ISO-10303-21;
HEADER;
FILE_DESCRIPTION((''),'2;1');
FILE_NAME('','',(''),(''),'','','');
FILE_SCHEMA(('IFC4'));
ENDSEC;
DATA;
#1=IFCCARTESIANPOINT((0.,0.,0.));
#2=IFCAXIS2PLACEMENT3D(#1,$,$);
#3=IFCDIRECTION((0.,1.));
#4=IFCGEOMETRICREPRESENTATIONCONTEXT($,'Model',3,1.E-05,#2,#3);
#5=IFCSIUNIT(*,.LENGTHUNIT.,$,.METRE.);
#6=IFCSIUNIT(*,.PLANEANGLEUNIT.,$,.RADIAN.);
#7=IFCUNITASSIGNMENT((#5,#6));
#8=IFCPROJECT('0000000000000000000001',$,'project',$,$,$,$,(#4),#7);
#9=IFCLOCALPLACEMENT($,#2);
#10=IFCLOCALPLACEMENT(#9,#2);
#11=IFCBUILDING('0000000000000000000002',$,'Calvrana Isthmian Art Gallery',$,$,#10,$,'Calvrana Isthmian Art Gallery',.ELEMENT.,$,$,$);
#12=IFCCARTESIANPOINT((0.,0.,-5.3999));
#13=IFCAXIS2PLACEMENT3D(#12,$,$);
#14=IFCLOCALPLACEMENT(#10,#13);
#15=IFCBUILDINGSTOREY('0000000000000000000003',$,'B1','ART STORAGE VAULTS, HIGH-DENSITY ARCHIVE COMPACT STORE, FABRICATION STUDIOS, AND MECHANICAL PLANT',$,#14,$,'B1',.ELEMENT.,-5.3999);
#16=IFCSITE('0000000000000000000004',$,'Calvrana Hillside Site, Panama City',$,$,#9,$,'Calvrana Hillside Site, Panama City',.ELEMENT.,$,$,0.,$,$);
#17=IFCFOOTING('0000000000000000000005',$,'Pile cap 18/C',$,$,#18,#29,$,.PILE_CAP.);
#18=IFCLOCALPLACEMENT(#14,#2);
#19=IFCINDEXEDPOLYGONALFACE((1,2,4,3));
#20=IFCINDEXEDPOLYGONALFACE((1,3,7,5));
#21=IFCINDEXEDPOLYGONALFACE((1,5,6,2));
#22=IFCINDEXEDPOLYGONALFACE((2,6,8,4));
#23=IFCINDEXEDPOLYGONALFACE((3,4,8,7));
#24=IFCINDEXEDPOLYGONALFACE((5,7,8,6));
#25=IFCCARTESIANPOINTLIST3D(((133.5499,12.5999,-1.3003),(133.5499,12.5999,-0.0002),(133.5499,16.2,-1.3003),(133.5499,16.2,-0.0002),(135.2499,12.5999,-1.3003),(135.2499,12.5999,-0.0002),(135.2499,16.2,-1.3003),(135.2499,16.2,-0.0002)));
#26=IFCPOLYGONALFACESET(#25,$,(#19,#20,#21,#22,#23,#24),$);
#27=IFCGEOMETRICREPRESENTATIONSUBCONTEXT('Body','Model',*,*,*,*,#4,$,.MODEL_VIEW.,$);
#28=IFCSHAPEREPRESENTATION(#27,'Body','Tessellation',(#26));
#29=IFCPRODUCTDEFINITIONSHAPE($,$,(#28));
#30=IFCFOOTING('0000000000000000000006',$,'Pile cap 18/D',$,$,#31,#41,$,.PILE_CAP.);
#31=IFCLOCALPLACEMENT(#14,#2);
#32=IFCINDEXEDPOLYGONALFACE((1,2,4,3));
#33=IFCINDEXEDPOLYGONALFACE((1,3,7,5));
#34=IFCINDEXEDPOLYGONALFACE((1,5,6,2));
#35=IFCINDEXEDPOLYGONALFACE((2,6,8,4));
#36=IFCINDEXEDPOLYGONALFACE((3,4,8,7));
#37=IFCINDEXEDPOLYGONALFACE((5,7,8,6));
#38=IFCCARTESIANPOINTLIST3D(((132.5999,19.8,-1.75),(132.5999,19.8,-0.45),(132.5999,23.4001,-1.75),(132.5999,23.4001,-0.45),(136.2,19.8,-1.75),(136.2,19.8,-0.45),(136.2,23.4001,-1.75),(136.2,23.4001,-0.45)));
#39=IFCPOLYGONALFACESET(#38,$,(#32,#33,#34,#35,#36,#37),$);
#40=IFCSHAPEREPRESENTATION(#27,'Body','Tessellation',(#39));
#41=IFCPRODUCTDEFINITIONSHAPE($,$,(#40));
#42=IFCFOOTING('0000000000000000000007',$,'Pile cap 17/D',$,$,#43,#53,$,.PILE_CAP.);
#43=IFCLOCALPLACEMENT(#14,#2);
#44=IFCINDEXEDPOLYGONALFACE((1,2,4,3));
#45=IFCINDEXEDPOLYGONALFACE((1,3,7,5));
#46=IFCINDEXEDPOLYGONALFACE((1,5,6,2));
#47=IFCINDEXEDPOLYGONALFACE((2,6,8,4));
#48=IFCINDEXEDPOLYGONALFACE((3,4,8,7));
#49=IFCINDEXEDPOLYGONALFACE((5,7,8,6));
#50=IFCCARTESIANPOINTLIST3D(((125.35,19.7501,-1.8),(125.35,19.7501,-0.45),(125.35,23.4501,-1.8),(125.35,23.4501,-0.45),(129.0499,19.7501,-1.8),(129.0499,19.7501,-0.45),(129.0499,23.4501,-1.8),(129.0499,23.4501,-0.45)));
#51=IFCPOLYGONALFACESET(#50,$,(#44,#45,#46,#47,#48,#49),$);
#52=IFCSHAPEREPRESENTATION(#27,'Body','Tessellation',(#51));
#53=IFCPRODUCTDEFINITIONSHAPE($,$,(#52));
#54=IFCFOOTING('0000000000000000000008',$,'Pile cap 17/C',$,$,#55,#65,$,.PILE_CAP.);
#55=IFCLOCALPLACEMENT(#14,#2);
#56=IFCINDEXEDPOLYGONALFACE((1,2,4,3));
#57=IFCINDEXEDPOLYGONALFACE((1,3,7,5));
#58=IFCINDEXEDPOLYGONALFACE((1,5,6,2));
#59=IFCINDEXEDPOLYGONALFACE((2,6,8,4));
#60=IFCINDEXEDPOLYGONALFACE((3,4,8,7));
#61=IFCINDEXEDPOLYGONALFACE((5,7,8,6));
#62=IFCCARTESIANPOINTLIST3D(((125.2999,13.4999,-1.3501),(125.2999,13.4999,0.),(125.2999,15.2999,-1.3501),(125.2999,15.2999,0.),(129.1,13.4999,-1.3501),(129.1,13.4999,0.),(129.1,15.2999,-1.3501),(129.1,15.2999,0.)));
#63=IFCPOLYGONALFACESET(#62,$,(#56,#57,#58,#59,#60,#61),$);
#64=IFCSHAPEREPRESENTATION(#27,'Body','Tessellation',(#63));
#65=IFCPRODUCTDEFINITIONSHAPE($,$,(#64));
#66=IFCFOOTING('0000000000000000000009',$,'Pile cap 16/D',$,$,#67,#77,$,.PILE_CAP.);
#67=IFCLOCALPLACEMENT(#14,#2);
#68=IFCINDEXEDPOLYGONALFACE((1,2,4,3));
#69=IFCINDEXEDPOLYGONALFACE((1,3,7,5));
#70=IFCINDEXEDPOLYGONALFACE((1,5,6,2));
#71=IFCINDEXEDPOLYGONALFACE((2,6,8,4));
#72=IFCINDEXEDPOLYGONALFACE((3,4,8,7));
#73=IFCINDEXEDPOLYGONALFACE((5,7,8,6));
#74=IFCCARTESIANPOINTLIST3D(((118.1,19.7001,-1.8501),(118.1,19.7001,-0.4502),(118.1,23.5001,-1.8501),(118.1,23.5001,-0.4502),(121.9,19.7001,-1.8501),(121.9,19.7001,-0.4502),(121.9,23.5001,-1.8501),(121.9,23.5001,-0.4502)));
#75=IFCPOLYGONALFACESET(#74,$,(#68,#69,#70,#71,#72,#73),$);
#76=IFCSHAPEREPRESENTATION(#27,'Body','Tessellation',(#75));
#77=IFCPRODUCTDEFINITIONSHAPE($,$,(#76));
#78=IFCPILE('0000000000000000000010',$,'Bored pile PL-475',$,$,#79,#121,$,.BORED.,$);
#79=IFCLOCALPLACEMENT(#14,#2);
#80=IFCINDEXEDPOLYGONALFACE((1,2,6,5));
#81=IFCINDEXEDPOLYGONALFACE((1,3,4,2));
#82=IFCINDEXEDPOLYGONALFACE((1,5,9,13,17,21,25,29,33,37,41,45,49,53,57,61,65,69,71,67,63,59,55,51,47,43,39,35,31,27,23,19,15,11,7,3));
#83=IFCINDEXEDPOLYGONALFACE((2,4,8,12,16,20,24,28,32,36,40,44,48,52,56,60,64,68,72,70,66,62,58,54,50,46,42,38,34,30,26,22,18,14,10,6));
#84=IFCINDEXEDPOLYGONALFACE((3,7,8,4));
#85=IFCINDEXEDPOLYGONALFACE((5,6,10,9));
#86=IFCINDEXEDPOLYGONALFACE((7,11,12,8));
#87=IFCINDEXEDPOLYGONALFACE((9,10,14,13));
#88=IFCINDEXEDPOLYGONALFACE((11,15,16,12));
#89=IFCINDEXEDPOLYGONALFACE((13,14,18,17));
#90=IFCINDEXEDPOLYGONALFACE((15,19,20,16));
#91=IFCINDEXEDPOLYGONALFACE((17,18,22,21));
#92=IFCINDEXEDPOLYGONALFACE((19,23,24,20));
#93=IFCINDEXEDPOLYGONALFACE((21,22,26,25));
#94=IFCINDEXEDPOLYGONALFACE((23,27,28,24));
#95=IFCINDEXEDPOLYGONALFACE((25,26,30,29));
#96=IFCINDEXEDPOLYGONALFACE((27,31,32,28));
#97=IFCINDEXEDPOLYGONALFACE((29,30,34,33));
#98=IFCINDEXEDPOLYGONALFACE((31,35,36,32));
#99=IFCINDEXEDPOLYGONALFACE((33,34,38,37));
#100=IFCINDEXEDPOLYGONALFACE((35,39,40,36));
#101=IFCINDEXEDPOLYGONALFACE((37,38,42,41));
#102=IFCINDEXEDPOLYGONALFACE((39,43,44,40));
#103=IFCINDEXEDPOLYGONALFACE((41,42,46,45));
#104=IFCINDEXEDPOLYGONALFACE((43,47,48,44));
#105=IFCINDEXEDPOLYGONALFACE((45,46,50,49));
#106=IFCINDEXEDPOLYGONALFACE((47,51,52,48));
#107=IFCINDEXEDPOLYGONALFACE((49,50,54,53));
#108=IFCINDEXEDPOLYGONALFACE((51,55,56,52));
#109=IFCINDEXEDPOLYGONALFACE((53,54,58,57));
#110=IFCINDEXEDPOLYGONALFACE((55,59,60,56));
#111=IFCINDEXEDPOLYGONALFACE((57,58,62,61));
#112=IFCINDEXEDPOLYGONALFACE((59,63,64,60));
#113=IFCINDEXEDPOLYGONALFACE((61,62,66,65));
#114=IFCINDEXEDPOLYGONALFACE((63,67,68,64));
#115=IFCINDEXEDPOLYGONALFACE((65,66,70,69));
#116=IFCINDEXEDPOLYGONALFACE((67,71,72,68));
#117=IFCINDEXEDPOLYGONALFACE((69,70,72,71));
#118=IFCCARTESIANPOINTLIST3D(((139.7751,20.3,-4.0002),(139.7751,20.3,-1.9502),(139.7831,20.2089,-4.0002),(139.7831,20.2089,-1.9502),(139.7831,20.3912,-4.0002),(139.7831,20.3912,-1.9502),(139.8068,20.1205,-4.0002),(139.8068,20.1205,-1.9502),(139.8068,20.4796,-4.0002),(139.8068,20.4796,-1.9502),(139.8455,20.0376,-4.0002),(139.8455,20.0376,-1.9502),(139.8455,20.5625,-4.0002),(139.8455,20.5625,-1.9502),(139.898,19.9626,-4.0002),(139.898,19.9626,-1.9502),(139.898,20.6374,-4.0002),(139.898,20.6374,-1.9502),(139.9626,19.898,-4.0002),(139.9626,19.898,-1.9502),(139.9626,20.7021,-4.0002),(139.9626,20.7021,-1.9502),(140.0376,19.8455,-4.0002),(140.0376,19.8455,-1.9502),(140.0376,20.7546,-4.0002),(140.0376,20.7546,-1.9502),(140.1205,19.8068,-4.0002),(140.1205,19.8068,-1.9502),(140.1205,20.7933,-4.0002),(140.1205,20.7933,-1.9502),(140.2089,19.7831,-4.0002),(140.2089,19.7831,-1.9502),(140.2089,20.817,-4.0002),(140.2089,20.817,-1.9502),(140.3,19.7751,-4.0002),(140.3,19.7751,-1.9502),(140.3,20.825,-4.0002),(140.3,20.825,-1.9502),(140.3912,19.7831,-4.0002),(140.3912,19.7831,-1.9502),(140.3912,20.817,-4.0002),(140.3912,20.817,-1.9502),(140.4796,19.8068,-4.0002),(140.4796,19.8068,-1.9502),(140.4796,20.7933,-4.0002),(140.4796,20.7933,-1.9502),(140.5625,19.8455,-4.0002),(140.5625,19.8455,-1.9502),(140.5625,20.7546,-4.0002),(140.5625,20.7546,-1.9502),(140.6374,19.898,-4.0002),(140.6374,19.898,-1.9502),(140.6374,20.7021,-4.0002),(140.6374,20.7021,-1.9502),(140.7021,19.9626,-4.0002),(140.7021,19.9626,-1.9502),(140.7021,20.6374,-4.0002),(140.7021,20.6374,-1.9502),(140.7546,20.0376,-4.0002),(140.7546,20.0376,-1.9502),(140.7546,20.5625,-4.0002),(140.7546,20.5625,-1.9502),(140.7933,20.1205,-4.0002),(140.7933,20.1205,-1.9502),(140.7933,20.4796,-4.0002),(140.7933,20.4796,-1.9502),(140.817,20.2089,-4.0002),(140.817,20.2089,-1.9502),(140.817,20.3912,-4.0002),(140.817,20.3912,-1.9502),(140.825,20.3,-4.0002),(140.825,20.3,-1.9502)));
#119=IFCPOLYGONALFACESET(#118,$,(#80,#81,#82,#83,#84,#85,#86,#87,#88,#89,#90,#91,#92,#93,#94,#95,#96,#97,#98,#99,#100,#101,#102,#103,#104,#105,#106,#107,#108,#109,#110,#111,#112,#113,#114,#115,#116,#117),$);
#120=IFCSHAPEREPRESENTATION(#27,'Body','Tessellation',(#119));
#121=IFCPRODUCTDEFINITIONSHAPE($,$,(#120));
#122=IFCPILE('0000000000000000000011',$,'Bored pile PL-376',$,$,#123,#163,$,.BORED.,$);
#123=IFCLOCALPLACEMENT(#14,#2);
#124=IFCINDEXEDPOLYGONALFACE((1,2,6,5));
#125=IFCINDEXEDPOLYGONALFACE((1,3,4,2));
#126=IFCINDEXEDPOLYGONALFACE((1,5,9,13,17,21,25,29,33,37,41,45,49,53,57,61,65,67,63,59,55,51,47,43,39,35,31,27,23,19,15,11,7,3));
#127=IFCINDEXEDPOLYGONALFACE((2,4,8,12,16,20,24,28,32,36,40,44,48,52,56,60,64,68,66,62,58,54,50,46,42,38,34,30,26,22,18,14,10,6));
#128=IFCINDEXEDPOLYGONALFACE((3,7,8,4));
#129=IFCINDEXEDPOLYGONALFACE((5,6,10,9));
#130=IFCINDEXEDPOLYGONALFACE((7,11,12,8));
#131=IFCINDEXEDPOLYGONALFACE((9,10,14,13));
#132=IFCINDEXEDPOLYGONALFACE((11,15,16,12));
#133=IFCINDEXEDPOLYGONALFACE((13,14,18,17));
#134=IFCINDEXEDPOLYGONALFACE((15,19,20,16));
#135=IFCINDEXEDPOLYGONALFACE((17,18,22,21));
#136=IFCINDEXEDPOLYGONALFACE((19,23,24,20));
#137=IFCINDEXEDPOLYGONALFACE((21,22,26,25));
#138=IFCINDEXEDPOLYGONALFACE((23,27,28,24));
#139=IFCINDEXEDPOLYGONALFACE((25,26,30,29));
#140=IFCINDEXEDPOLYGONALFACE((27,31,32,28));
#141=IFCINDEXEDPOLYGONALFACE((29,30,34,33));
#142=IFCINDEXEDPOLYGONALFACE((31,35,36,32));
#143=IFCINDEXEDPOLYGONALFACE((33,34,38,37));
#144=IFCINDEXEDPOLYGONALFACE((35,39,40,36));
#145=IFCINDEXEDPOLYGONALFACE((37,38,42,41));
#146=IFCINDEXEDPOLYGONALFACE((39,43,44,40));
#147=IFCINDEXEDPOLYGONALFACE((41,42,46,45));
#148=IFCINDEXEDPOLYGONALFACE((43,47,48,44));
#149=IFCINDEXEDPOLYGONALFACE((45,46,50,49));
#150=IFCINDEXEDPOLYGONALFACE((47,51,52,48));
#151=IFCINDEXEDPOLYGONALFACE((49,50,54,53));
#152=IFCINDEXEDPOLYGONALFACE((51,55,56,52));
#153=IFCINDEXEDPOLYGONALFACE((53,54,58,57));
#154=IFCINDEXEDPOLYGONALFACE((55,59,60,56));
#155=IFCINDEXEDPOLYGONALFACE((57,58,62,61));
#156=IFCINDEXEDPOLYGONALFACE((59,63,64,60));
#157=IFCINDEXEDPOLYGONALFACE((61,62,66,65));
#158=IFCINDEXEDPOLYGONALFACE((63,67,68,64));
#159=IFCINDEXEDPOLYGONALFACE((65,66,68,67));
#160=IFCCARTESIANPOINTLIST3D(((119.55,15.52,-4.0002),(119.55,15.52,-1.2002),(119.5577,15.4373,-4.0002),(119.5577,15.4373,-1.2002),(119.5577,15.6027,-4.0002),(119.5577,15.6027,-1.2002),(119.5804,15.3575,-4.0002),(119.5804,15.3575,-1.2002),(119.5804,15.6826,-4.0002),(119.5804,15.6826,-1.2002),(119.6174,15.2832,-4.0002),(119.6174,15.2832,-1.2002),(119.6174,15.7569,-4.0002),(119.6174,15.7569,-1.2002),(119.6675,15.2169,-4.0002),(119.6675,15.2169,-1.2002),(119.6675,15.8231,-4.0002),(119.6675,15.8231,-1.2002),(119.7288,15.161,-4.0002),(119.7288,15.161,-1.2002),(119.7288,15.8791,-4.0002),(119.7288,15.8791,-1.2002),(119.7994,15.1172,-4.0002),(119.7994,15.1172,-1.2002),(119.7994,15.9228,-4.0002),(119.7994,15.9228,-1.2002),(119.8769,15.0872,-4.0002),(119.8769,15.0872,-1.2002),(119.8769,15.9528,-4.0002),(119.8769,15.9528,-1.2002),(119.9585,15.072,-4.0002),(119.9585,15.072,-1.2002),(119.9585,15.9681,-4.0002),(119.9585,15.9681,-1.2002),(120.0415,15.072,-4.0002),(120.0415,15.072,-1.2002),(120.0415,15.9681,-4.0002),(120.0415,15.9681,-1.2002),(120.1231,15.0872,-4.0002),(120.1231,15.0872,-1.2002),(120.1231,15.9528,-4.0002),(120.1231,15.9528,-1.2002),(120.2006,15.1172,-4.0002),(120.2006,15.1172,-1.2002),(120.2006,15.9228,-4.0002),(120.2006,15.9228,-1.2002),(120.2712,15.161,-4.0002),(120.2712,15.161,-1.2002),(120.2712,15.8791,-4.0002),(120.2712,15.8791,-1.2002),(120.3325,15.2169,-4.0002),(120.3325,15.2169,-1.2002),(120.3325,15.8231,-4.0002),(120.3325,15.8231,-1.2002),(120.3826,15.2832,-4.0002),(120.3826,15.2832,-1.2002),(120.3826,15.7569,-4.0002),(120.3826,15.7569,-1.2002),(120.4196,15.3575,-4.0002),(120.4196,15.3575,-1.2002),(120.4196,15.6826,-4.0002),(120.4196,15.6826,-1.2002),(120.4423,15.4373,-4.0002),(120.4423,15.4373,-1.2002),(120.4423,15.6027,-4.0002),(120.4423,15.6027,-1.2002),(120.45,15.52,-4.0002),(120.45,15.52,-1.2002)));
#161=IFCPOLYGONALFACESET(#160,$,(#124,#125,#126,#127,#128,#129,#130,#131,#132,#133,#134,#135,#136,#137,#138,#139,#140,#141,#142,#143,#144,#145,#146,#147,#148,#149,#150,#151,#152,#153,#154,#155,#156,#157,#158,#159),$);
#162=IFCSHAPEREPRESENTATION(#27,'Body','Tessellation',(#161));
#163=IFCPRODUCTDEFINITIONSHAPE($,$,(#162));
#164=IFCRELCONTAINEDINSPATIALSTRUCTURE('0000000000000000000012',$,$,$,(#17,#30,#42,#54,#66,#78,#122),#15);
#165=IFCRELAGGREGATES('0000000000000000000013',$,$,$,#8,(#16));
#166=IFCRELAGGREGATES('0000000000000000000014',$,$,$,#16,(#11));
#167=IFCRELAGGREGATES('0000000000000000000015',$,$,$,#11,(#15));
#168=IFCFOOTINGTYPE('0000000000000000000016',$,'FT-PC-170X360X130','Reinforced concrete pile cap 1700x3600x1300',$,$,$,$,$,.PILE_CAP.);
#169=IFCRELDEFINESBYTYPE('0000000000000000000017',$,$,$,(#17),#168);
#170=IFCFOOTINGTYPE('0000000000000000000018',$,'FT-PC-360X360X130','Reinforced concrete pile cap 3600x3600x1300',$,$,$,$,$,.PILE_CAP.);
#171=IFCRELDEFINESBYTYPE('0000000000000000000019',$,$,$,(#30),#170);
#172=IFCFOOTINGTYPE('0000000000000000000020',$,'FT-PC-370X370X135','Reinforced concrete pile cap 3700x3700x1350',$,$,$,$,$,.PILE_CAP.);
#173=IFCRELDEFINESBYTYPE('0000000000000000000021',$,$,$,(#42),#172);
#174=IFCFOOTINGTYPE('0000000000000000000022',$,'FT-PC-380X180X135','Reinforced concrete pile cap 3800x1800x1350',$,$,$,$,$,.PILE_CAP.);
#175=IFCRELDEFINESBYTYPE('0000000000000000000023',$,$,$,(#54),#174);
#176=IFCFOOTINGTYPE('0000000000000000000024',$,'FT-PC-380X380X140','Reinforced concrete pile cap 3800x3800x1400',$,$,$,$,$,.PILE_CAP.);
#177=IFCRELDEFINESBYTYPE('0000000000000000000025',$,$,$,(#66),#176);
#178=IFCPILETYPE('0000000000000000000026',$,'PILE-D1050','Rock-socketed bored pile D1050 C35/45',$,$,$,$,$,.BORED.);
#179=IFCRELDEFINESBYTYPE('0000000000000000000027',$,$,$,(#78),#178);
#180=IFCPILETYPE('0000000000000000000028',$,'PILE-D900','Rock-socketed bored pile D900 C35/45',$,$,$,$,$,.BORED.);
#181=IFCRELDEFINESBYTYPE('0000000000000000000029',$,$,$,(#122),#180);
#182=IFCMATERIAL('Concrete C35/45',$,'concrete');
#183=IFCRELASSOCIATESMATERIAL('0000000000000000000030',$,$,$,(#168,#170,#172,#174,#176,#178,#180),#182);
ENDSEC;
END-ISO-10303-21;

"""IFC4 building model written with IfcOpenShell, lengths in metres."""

from ifc_helpers import new_model, si_unit, direction, frame, origin, origin_2d, place, context, subcontext, project, spatial, rectangle, circle, extrude, material, material_profile, profile_set, type_object, element, save


model = new_model("IFC4")

# Units and contexts
model_context = context("Model", 3, precision=1e-05, world=origin(), true_north=direction((0.0, 1.0)))
body_context = subcontext(model_context, "Body", "Model", "MODEL_VIEW")
ifc_project = project(units=[si_unit("LENGTHUNIT", "METRE"), si_unit("PLANEANGLEUNIT", "RADIAN")], contexts=[model_context])

# Site, building, storey
site_placement = place(None, origin())
site = spatial("IfcSite", under=ifc_project, at=site_placement, Name="Calvrana Hillside Site, Panama City", LongName="Calvrana Hillside Site, Panama City", CompositionType="ELEMENT", RefElevation=0.0)
building_placement = place(site_placement, origin())
building = spatial("IfcBuilding", under=site, at=building_placement, Name="Calvrana Isthmian Art Gallery", LongName="Calvrana Isthmian Art Gallery", CompositionType="ELEMENT")
storey_placement = place(building_placement, frame((0.0, 0.0, -5.3999)))
storey = spatial("IfcBuildingStorey", under=building, at=storey_placement, Name="B1", Description="ART STORAGE VAULTS, HIGH-DENSITY ARCHIVE COMPACT STORE, FABRICATION STUDIOS, AND MECHANICAL PLANT", LongName="B1", CompositionType="ELEMENT", Elevation=-5.3999)

# Footings
ifc_material_1 = material(Name="Concrete C35/45", Category="concrete")
footing_type_1 = type_object("IfcFootingType", Name="FT-PC-170X360X130", Description="Reinforced concrete pile cap 1700x3600x1300", PredefinedType="PILE_CAP", material=ifc_material_1)
footing_1_placement = place(storey_placement, frame((134.3999, 14.3999, -1.3003), z_axis=(0.0, 0.0, 1.0), x_axis=(1.0, 0.0, 0.0)))
element("IfcFooting", 1, at=footing_1_placement, inside=storey, type_object=footing_type_1, Name="Pile cap 18/C", PredefinedType="PILE_CAP", context=body_context, shape_type="SweptSolid", body=[
    extrude(rectangle(XDim=1.7, YDim=3.6001, at=origin_2d()), origin(), (0.0, 0.0, 1.0), 1.3),
])
footing_type_2 = type_object("IfcFootingType", Name="FT-PC-360X360X130", Description="Reinforced concrete pile cap 3600x3600x1300", PredefinedType="PILE_CAP", material=ifc_material_1)
footing_2_placement = place(storey_placement, frame((134.3999, 21.6001, -1.75), z_axis=(0.0, 0.0, 1.0), x_axis=(1.0, 0.0, 0.0)))
element("IfcFooting", 2, at=footing_2_placement, inside=storey, type_object=footing_type_2, Name="Pile cap 18/D", PredefinedType="PILE_CAP", context=body_context, shape_type="SweptSolid", body=[
    extrude(rectangle(XDim=3.6001, YDim=3.6001, at=origin_2d()), origin(), (0.0, 0.0, 1.0), 1.3),
])
footing_type_3 = type_object("IfcFootingType", Name="FT-PC-370X370X135", Description="Reinforced concrete pile cap 3700x3700x1350", PredefinedType="PILE_CAP", material=ifc_material_1)
footing_3_placement = place(storey_placement, frame((127.2, 21.6001, -1.8), z_axis=(0.0, 0.0, 1.0), x_axis=(1.0, 0.0, 0.0)))
element("IfcFooting", 3, at=footing_3_placement, inside=storey, type_object=footing_type_3, Name="Pile cap 17/D", PredefinedType="PILE_CAP", context=body_context, shape_type="SweptSolid", body=[
    extrude(rectangle(XDim=3.7, YDim=3.7, at=origin_2d()), origin(), (0.0, 0.0, 1.0), 1.3501),
])
footing_type_4 = type_object("IfcFootingType", Name="FT-PC-380X180X135", Description="Reinforced concrete pile cap 3800x1800x1350", PredefinedType="PILE_CAP", material=ifc_material_1)
footing_4_placement = place(storey_placement, frame((127.2, 14.3999, -1.3501), z_axis=(0.0, 0.0, 1.0), x_axis=(1.0, 0.0, 0.0)))
element("IfcFooting", 4, at=footing_4_placement, inside=storey, type_object=footing_type_4, Name="Pile cap 17/C", PredefinedType="PILE_CAP", context=body_context, shape_type="SweptSolid", body=[
    extrude(rectangle(XDim=3.8, YDim=1.8, at=origin_2d()), origin(), (0.0, 0.0, 1.0), 1.3501),
])
footing_type_5 = type_object("IfcFootingType", Name="FT-PC-380X380X140", Description="Reinforced concrete pile cap 3800x3800x1400", PredefinedType="PILE_CAP", material=ifc_material_1)
footing_5_placement = place(storey_placement, frame((120.0, 21.6001, -1.8501), z_axis=(0.0, 0.0, 1.0), x_axis=(1.0, 0.0, 0.0)))
element("IfcFooting", 5, at=footing_5_placement, inside=storey, type_object=footing_type_5, Name="Pile cap 16/D", PredefinedType="PILE_CAP", context=body_context, shape_type="SweptSolid", body=[
    extrude(rectangle(XDim=3.8, YDim=3.8, at=origin_2d()), origin(), (0.0, 0.0, 1.0), 1.3999),
])

# Piles
ifc_material_profile_1 = material_profile(ifc_material_1, circle(Radius=0.5249, at=origin_2d()), Name="PILE1050D")
ifc_profile_set_1 = profile_set([ifc_material_profile_1], Name="Concrete C35/45")
pile_type_1 = type_object("IfcPileType", Name="PILE-D1050", Description="Rock-socketed bored pile D1050 C35/45", PredefinedType="BORED", material=ifc_profile_set_1)
pile_1_placement = place(storey_placement, frame((140.3, 20.3, -1.9502), z_axis=(0.0, 0.0, -1.0), x_axis=(1.0, 0.0, 0.0)))
element("IfcPile", 6, at=pile_1_placement, inside=storey, type_object=pile_type_1, Name="Bored pile PL-475", PredefinedType="BORED", context=body_context, shape_type="SweptSolid", body=[
    extrude(circle(Radius=0.5249, at=origin_2d()), origin(), (0.0, 0.0, 1.0), 2.05),
])
ifc_material_profile_2 = material_profile(ifc_material_1, circle(Radius=0.45, at=origin_2d()), Name="PILE900D")
ifc_profile_set_2 = profile_set([ifc_material_profile_2], Name="Concrete C35/45")
pile_type_2 = type_object("IfcPileType", Name="PILE-D900", Description="Rock-socketed bored pile D900 C35/45", PredefinedType="BORED", material=ifc_profile_set_2)
pile_2_placement = place(storey_placement, frame((120.0, 15.52, -1.2002), z_axis=(0.0, 0.0, -1.0), x_axis=(1.0, 0.0, 0.0)))
element("IfcPile", 7, at=pile_2_placement, inside=storey, type_object=pile_type_2, Name="Bored pile PL-376", PredefinedType="BORED", context=body_context, shape_type="SweptSolid", body=[
    extrude(circle(Radius=0.45, at=origin_2d()), origin(), (0.0, 0.0, 1.0), 2.8),
])

save(model, "model.ifc")
